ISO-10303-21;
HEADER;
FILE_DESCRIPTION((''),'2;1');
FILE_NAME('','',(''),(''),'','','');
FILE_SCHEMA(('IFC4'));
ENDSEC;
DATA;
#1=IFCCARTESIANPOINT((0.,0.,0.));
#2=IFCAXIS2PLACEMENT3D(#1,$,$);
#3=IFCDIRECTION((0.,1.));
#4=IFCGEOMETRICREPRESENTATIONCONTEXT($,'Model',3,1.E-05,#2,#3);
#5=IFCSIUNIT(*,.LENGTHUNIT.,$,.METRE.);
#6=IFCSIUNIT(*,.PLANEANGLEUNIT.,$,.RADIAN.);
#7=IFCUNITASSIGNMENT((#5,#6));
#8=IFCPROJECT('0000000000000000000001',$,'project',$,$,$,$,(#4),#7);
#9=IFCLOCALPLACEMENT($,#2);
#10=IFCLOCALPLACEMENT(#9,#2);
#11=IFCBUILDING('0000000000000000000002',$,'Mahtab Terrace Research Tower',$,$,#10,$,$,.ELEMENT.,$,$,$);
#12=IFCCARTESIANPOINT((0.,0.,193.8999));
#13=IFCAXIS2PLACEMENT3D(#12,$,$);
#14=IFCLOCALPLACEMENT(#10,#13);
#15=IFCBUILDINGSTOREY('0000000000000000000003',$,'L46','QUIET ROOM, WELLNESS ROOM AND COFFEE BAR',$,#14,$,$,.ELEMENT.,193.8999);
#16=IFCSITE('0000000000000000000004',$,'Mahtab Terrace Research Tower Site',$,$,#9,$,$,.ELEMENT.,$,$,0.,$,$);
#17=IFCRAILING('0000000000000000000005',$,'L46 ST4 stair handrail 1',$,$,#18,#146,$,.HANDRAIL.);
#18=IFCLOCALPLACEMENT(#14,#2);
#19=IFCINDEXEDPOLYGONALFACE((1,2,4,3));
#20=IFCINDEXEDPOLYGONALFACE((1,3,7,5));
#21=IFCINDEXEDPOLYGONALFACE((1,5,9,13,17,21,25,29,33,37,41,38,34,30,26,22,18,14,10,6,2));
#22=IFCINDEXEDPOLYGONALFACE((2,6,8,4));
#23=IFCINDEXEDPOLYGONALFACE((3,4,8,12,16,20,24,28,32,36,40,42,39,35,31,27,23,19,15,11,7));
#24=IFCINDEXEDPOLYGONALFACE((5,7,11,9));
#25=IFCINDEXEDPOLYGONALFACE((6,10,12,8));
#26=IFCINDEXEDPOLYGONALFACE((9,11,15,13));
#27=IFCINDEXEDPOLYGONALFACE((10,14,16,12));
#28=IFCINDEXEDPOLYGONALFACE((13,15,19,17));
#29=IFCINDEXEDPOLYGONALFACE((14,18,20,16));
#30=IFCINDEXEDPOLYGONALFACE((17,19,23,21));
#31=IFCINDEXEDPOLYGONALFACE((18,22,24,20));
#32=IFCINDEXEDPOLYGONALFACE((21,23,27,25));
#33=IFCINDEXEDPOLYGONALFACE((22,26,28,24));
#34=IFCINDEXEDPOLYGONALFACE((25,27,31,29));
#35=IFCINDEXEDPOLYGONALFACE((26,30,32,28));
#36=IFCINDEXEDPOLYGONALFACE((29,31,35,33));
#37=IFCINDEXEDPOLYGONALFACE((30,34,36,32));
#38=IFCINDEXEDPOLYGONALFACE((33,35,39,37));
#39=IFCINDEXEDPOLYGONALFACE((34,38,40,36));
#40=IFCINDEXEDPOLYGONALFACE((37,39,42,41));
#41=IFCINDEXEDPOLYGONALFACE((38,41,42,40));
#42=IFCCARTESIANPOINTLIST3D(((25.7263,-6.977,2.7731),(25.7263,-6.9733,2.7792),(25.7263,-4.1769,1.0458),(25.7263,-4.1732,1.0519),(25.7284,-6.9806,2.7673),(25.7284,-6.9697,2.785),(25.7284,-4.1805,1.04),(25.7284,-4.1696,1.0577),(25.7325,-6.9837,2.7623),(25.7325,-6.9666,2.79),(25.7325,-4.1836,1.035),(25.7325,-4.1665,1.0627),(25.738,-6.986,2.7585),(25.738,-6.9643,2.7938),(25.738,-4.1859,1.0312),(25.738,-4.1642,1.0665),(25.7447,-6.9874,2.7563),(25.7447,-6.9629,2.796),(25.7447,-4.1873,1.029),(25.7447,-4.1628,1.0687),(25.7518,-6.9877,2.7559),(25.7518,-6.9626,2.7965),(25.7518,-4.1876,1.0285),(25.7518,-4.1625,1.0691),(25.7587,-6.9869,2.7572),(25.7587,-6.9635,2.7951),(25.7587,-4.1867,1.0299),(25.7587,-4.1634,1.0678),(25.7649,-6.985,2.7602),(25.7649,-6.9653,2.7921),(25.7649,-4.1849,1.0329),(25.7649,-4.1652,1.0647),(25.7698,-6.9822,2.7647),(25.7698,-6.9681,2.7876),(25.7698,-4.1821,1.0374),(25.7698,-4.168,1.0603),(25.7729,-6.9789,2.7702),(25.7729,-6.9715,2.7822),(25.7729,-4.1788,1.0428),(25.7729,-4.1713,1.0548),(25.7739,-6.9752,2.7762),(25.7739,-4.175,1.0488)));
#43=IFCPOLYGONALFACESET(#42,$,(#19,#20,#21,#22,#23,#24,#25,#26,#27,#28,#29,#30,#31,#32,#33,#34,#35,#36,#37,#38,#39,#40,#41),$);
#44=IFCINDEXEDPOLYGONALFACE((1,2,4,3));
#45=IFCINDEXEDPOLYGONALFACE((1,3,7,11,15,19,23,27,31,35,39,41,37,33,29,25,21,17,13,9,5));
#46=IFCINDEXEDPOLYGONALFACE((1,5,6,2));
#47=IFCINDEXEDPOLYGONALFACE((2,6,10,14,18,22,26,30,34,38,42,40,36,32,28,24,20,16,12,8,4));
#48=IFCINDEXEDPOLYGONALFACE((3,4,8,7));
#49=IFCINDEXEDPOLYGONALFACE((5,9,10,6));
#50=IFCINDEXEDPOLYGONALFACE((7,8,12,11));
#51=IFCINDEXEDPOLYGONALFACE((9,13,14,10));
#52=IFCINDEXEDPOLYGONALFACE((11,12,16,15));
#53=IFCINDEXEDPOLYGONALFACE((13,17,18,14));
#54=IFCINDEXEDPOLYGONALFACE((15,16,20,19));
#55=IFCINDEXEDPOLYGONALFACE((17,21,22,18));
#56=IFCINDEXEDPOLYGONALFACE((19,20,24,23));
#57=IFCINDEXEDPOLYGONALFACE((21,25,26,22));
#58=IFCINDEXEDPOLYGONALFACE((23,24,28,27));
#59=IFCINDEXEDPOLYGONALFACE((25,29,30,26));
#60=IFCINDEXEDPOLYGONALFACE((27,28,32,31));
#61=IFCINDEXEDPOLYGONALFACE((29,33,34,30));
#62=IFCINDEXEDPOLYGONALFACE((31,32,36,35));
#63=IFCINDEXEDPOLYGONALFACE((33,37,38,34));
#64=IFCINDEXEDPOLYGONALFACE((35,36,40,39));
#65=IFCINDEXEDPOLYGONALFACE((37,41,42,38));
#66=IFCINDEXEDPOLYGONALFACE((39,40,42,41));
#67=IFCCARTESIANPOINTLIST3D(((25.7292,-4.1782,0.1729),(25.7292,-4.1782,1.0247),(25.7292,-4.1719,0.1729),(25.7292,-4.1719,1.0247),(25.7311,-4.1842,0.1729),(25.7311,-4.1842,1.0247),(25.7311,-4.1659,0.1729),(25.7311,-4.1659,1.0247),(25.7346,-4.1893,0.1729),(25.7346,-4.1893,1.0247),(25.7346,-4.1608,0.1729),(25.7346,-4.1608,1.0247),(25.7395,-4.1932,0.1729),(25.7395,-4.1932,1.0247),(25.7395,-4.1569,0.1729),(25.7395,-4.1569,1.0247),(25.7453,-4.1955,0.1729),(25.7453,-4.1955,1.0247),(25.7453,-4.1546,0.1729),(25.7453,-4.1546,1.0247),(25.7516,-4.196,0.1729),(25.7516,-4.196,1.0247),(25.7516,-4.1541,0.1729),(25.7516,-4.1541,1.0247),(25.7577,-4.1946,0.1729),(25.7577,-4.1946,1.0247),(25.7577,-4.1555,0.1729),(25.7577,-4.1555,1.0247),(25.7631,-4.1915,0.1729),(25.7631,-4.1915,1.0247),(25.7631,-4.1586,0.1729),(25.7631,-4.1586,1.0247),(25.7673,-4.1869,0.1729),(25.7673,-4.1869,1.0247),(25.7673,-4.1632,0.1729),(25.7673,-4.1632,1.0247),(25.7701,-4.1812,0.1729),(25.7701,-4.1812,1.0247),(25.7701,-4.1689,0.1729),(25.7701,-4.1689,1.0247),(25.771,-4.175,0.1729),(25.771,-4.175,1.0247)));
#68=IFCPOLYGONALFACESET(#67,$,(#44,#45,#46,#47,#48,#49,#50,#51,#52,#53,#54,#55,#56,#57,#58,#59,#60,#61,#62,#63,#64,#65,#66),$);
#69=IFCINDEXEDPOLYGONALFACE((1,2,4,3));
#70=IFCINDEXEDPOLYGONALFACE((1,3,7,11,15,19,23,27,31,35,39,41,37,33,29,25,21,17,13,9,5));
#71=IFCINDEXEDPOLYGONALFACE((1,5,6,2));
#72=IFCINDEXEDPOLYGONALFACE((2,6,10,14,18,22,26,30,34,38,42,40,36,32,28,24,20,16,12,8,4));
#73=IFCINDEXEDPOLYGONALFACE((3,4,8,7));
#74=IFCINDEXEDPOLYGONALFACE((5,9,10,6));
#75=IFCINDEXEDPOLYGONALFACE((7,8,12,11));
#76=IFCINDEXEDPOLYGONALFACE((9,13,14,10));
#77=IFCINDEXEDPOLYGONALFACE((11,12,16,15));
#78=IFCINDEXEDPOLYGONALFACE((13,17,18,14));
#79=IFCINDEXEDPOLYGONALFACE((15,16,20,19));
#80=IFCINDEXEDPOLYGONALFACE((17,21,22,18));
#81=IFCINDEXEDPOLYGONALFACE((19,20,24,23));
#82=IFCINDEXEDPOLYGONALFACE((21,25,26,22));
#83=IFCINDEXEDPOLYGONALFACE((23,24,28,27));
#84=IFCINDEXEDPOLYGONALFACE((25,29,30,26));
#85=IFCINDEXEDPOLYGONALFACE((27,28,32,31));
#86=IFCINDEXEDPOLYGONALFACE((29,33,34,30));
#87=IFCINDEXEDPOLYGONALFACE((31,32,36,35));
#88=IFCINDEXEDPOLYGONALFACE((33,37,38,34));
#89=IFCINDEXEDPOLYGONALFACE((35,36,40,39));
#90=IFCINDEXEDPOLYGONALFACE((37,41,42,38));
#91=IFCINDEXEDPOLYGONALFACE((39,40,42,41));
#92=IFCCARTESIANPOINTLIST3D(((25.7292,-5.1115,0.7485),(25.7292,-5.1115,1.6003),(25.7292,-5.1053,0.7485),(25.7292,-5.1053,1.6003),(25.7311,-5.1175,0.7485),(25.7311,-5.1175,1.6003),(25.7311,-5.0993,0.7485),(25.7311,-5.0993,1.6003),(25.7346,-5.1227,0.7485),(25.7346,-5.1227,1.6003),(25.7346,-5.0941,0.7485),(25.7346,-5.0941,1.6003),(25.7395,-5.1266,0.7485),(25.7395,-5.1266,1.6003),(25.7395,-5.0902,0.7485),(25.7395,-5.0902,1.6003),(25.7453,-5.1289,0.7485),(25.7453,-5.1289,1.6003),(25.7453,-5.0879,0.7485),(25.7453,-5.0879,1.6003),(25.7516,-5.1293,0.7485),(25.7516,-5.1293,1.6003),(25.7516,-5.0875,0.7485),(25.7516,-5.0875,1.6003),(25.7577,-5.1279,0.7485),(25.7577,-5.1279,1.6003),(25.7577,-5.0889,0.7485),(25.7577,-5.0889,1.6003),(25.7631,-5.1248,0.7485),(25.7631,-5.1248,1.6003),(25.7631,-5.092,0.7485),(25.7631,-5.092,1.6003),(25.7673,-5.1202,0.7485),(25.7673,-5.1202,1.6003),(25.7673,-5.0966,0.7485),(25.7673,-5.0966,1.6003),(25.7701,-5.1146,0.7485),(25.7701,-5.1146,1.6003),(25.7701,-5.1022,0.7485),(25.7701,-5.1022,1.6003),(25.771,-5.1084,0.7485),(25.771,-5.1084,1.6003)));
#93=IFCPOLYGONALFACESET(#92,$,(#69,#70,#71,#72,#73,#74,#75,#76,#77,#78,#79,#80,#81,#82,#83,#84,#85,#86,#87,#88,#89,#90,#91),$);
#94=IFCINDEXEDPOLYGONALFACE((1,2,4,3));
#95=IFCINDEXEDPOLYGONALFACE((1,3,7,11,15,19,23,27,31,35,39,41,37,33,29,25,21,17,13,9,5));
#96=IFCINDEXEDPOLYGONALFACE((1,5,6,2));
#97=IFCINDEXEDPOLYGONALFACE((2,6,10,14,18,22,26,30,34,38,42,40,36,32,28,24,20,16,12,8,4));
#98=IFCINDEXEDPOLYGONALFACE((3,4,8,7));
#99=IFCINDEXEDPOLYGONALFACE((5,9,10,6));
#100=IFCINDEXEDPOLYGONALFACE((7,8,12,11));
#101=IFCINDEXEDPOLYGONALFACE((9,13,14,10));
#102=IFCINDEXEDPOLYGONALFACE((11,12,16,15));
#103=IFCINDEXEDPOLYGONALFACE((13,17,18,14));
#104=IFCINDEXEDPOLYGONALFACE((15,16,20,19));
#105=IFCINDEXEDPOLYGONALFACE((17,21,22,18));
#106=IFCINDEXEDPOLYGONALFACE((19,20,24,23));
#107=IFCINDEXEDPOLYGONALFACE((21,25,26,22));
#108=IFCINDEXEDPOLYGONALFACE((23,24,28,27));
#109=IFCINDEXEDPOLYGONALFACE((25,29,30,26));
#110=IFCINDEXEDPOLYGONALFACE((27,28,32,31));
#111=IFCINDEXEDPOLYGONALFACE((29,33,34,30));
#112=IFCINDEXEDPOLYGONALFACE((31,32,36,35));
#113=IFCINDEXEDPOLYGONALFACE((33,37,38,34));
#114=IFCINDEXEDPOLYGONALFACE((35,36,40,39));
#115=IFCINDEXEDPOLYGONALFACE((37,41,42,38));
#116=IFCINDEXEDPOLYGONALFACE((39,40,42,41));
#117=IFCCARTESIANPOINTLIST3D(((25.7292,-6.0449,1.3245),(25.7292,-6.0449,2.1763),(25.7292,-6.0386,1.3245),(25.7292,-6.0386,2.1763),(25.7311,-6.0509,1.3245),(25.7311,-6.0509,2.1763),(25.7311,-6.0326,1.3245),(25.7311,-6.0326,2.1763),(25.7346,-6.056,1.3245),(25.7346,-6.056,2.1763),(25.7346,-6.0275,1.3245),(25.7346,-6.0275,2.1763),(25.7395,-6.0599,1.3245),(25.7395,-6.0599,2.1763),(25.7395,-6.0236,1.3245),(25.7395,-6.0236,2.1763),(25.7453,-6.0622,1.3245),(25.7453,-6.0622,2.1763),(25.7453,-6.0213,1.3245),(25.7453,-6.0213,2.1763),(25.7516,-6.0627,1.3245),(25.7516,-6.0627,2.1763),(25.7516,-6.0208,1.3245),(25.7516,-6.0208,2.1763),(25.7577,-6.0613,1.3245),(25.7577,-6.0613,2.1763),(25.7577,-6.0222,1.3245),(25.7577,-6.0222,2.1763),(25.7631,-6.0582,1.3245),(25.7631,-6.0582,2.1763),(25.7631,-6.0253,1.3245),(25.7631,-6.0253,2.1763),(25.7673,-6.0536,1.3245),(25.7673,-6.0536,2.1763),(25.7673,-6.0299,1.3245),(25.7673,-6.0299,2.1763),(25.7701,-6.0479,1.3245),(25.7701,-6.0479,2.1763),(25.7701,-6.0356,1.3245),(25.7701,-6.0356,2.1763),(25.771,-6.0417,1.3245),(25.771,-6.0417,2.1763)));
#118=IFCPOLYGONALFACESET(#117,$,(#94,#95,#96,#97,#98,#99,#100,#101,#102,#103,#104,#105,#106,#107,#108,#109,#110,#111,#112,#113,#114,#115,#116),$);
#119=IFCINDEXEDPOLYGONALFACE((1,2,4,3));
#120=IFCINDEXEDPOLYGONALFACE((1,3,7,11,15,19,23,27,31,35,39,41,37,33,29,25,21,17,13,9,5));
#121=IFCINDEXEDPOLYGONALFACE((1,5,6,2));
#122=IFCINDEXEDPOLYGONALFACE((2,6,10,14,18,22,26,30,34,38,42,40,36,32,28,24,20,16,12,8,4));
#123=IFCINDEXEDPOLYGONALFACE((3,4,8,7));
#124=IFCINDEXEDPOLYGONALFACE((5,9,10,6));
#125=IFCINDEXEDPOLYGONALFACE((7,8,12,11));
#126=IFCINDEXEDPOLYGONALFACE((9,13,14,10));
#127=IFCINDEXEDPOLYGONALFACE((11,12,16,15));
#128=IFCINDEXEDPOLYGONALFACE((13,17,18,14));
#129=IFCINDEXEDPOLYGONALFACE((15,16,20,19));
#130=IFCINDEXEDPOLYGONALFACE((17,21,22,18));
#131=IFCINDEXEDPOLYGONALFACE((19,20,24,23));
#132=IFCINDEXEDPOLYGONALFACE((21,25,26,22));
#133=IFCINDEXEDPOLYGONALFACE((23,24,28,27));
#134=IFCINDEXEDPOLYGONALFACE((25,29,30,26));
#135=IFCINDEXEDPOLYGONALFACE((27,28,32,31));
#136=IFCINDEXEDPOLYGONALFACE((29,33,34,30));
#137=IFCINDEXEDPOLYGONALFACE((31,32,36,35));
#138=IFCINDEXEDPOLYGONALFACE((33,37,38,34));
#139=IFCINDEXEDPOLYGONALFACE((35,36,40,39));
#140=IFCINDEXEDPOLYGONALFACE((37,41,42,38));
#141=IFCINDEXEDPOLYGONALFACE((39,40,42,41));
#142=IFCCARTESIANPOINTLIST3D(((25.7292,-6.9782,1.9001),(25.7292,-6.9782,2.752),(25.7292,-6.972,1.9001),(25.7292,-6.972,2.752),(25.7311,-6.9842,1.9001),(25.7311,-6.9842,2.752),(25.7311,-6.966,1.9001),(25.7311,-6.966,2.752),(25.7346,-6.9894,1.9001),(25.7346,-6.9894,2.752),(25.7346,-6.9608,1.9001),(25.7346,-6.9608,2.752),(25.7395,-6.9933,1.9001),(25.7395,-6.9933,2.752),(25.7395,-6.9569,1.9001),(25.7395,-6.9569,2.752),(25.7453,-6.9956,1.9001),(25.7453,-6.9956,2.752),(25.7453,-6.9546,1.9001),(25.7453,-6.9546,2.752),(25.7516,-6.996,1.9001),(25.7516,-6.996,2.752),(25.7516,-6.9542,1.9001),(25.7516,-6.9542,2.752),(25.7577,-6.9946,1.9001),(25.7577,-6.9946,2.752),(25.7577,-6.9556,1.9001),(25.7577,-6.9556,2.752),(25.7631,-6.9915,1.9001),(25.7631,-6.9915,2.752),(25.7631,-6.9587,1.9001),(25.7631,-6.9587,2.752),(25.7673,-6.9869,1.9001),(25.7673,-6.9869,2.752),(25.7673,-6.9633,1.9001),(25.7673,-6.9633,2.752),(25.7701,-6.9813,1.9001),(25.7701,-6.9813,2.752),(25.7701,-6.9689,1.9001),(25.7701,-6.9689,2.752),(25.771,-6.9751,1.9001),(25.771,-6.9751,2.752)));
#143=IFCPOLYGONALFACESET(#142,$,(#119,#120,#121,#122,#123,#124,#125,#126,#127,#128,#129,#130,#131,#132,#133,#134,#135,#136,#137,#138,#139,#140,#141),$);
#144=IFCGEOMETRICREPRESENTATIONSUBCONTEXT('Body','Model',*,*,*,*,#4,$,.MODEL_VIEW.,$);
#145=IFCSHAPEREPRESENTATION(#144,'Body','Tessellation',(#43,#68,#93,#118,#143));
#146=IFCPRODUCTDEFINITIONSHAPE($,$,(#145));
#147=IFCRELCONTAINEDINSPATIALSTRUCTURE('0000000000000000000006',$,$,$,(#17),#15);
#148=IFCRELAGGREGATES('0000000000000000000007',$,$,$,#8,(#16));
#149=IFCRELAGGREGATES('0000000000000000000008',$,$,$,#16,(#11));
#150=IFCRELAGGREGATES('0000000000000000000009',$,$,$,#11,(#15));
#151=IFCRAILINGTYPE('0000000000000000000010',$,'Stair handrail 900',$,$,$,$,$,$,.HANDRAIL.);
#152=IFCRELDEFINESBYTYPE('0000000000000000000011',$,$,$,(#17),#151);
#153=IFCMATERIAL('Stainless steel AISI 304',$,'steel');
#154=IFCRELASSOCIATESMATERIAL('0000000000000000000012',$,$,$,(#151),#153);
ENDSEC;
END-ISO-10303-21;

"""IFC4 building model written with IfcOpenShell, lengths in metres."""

from ifc_helpers import new_model, si_unit, direction, frame, origin, origin_2d, place, context, subcontext, project, spatial, circle, extrude, material, type_object, element, save


model = new_model("IFC4")

# Units and contexts
model_context = context("Model", 3, precision=1e-05, world=origin(), true_north=direction((0.0, 1.0)))
body_context = subcontext(model_context, "Body", "Model", "MODEL_VIEW")
ifc_project = project(units=[si_unit("LENGTHUNIT", "METRE"), si_unit("PLANEANGLEUNIT", "RADIAN")], contexts=[model_context])

# Site, building, storey
site_placement = place(None, origin())
site = spatial("IfcSite", under=ifc_project, at=site_placement, Name="Mahtab Terrace Research Tower Site", CompositionType="ELEMENT", RefElevation=0.0)
building_placement = place(site_placement, origin())
building = spatial("IfcBuilding", under=site, at=building_placement, Name="Mahtab Terrace Research Tower", CompositionType="ELEMENT")
storey_placement = place(building_placement, frame((0.0, 0.0, 193.8999)))
storey = spatial("IfcBuildingStorey", under=building, at=storey_placement, Name="L46", Description="QUIET ROOM, WELLNESS ROOM AND COFFEE BAR", CompositionType="ELEMENT", Elevation=193.8999)

# Shared definitions
ifc_material_1 = material(Name="Stainless steel AISI 304", Category="steel")

# Railing
railing_type_1 = type_object("IfcRailingType", Name="Stair handrail 900", PredefinedType="HANDRAIL", material=ifc_material_1)
railing_1_placement = place(storey_placement, frame((25.75, -4.175, 0.1729)))
element("IfcRailing", 1, at=railing_1_placement, inside=storey, type_object=railing_type_1, Name="L46 ST4 stair handrail 1", PredefinedType="HANDRAIL", context=body_context, shape_type="SweptSolid", body=[
    extrude(circle(Radius=0.0239, at=origin_2d()), frame((0.0, 0.0, 0.876), z_axis=(0.0, -0.85109, 0.52502), x_axis=(1.0, 0.0, 0.0)), (0.0, 0.0, 1.0), 3.29),
    extrude(circle(Radius=0.021, at=origin_2d()), origin(), (0.0, 0.0, 1.0), 0.8518),
    extrude(circle(Radius=0.021, at=origin_2d()), frame((0.0, -0.9333, 0.5757)), (0.0, 0.0, 1.0), 0.8518),
    extrude(circle(Radius=0.021, at=origin_2d()), frame((0.0, -1.8667, 1.1516)), (0.0, 0.0, 1.0), 0.8518),
    extrude(circle(Radius=0.021, at=origin_2d()), frame((0.0, -2.8, 1.7273)), (0.0, 0.0, 1.0), 0.8518),
])

save(model, "model.ifc")
